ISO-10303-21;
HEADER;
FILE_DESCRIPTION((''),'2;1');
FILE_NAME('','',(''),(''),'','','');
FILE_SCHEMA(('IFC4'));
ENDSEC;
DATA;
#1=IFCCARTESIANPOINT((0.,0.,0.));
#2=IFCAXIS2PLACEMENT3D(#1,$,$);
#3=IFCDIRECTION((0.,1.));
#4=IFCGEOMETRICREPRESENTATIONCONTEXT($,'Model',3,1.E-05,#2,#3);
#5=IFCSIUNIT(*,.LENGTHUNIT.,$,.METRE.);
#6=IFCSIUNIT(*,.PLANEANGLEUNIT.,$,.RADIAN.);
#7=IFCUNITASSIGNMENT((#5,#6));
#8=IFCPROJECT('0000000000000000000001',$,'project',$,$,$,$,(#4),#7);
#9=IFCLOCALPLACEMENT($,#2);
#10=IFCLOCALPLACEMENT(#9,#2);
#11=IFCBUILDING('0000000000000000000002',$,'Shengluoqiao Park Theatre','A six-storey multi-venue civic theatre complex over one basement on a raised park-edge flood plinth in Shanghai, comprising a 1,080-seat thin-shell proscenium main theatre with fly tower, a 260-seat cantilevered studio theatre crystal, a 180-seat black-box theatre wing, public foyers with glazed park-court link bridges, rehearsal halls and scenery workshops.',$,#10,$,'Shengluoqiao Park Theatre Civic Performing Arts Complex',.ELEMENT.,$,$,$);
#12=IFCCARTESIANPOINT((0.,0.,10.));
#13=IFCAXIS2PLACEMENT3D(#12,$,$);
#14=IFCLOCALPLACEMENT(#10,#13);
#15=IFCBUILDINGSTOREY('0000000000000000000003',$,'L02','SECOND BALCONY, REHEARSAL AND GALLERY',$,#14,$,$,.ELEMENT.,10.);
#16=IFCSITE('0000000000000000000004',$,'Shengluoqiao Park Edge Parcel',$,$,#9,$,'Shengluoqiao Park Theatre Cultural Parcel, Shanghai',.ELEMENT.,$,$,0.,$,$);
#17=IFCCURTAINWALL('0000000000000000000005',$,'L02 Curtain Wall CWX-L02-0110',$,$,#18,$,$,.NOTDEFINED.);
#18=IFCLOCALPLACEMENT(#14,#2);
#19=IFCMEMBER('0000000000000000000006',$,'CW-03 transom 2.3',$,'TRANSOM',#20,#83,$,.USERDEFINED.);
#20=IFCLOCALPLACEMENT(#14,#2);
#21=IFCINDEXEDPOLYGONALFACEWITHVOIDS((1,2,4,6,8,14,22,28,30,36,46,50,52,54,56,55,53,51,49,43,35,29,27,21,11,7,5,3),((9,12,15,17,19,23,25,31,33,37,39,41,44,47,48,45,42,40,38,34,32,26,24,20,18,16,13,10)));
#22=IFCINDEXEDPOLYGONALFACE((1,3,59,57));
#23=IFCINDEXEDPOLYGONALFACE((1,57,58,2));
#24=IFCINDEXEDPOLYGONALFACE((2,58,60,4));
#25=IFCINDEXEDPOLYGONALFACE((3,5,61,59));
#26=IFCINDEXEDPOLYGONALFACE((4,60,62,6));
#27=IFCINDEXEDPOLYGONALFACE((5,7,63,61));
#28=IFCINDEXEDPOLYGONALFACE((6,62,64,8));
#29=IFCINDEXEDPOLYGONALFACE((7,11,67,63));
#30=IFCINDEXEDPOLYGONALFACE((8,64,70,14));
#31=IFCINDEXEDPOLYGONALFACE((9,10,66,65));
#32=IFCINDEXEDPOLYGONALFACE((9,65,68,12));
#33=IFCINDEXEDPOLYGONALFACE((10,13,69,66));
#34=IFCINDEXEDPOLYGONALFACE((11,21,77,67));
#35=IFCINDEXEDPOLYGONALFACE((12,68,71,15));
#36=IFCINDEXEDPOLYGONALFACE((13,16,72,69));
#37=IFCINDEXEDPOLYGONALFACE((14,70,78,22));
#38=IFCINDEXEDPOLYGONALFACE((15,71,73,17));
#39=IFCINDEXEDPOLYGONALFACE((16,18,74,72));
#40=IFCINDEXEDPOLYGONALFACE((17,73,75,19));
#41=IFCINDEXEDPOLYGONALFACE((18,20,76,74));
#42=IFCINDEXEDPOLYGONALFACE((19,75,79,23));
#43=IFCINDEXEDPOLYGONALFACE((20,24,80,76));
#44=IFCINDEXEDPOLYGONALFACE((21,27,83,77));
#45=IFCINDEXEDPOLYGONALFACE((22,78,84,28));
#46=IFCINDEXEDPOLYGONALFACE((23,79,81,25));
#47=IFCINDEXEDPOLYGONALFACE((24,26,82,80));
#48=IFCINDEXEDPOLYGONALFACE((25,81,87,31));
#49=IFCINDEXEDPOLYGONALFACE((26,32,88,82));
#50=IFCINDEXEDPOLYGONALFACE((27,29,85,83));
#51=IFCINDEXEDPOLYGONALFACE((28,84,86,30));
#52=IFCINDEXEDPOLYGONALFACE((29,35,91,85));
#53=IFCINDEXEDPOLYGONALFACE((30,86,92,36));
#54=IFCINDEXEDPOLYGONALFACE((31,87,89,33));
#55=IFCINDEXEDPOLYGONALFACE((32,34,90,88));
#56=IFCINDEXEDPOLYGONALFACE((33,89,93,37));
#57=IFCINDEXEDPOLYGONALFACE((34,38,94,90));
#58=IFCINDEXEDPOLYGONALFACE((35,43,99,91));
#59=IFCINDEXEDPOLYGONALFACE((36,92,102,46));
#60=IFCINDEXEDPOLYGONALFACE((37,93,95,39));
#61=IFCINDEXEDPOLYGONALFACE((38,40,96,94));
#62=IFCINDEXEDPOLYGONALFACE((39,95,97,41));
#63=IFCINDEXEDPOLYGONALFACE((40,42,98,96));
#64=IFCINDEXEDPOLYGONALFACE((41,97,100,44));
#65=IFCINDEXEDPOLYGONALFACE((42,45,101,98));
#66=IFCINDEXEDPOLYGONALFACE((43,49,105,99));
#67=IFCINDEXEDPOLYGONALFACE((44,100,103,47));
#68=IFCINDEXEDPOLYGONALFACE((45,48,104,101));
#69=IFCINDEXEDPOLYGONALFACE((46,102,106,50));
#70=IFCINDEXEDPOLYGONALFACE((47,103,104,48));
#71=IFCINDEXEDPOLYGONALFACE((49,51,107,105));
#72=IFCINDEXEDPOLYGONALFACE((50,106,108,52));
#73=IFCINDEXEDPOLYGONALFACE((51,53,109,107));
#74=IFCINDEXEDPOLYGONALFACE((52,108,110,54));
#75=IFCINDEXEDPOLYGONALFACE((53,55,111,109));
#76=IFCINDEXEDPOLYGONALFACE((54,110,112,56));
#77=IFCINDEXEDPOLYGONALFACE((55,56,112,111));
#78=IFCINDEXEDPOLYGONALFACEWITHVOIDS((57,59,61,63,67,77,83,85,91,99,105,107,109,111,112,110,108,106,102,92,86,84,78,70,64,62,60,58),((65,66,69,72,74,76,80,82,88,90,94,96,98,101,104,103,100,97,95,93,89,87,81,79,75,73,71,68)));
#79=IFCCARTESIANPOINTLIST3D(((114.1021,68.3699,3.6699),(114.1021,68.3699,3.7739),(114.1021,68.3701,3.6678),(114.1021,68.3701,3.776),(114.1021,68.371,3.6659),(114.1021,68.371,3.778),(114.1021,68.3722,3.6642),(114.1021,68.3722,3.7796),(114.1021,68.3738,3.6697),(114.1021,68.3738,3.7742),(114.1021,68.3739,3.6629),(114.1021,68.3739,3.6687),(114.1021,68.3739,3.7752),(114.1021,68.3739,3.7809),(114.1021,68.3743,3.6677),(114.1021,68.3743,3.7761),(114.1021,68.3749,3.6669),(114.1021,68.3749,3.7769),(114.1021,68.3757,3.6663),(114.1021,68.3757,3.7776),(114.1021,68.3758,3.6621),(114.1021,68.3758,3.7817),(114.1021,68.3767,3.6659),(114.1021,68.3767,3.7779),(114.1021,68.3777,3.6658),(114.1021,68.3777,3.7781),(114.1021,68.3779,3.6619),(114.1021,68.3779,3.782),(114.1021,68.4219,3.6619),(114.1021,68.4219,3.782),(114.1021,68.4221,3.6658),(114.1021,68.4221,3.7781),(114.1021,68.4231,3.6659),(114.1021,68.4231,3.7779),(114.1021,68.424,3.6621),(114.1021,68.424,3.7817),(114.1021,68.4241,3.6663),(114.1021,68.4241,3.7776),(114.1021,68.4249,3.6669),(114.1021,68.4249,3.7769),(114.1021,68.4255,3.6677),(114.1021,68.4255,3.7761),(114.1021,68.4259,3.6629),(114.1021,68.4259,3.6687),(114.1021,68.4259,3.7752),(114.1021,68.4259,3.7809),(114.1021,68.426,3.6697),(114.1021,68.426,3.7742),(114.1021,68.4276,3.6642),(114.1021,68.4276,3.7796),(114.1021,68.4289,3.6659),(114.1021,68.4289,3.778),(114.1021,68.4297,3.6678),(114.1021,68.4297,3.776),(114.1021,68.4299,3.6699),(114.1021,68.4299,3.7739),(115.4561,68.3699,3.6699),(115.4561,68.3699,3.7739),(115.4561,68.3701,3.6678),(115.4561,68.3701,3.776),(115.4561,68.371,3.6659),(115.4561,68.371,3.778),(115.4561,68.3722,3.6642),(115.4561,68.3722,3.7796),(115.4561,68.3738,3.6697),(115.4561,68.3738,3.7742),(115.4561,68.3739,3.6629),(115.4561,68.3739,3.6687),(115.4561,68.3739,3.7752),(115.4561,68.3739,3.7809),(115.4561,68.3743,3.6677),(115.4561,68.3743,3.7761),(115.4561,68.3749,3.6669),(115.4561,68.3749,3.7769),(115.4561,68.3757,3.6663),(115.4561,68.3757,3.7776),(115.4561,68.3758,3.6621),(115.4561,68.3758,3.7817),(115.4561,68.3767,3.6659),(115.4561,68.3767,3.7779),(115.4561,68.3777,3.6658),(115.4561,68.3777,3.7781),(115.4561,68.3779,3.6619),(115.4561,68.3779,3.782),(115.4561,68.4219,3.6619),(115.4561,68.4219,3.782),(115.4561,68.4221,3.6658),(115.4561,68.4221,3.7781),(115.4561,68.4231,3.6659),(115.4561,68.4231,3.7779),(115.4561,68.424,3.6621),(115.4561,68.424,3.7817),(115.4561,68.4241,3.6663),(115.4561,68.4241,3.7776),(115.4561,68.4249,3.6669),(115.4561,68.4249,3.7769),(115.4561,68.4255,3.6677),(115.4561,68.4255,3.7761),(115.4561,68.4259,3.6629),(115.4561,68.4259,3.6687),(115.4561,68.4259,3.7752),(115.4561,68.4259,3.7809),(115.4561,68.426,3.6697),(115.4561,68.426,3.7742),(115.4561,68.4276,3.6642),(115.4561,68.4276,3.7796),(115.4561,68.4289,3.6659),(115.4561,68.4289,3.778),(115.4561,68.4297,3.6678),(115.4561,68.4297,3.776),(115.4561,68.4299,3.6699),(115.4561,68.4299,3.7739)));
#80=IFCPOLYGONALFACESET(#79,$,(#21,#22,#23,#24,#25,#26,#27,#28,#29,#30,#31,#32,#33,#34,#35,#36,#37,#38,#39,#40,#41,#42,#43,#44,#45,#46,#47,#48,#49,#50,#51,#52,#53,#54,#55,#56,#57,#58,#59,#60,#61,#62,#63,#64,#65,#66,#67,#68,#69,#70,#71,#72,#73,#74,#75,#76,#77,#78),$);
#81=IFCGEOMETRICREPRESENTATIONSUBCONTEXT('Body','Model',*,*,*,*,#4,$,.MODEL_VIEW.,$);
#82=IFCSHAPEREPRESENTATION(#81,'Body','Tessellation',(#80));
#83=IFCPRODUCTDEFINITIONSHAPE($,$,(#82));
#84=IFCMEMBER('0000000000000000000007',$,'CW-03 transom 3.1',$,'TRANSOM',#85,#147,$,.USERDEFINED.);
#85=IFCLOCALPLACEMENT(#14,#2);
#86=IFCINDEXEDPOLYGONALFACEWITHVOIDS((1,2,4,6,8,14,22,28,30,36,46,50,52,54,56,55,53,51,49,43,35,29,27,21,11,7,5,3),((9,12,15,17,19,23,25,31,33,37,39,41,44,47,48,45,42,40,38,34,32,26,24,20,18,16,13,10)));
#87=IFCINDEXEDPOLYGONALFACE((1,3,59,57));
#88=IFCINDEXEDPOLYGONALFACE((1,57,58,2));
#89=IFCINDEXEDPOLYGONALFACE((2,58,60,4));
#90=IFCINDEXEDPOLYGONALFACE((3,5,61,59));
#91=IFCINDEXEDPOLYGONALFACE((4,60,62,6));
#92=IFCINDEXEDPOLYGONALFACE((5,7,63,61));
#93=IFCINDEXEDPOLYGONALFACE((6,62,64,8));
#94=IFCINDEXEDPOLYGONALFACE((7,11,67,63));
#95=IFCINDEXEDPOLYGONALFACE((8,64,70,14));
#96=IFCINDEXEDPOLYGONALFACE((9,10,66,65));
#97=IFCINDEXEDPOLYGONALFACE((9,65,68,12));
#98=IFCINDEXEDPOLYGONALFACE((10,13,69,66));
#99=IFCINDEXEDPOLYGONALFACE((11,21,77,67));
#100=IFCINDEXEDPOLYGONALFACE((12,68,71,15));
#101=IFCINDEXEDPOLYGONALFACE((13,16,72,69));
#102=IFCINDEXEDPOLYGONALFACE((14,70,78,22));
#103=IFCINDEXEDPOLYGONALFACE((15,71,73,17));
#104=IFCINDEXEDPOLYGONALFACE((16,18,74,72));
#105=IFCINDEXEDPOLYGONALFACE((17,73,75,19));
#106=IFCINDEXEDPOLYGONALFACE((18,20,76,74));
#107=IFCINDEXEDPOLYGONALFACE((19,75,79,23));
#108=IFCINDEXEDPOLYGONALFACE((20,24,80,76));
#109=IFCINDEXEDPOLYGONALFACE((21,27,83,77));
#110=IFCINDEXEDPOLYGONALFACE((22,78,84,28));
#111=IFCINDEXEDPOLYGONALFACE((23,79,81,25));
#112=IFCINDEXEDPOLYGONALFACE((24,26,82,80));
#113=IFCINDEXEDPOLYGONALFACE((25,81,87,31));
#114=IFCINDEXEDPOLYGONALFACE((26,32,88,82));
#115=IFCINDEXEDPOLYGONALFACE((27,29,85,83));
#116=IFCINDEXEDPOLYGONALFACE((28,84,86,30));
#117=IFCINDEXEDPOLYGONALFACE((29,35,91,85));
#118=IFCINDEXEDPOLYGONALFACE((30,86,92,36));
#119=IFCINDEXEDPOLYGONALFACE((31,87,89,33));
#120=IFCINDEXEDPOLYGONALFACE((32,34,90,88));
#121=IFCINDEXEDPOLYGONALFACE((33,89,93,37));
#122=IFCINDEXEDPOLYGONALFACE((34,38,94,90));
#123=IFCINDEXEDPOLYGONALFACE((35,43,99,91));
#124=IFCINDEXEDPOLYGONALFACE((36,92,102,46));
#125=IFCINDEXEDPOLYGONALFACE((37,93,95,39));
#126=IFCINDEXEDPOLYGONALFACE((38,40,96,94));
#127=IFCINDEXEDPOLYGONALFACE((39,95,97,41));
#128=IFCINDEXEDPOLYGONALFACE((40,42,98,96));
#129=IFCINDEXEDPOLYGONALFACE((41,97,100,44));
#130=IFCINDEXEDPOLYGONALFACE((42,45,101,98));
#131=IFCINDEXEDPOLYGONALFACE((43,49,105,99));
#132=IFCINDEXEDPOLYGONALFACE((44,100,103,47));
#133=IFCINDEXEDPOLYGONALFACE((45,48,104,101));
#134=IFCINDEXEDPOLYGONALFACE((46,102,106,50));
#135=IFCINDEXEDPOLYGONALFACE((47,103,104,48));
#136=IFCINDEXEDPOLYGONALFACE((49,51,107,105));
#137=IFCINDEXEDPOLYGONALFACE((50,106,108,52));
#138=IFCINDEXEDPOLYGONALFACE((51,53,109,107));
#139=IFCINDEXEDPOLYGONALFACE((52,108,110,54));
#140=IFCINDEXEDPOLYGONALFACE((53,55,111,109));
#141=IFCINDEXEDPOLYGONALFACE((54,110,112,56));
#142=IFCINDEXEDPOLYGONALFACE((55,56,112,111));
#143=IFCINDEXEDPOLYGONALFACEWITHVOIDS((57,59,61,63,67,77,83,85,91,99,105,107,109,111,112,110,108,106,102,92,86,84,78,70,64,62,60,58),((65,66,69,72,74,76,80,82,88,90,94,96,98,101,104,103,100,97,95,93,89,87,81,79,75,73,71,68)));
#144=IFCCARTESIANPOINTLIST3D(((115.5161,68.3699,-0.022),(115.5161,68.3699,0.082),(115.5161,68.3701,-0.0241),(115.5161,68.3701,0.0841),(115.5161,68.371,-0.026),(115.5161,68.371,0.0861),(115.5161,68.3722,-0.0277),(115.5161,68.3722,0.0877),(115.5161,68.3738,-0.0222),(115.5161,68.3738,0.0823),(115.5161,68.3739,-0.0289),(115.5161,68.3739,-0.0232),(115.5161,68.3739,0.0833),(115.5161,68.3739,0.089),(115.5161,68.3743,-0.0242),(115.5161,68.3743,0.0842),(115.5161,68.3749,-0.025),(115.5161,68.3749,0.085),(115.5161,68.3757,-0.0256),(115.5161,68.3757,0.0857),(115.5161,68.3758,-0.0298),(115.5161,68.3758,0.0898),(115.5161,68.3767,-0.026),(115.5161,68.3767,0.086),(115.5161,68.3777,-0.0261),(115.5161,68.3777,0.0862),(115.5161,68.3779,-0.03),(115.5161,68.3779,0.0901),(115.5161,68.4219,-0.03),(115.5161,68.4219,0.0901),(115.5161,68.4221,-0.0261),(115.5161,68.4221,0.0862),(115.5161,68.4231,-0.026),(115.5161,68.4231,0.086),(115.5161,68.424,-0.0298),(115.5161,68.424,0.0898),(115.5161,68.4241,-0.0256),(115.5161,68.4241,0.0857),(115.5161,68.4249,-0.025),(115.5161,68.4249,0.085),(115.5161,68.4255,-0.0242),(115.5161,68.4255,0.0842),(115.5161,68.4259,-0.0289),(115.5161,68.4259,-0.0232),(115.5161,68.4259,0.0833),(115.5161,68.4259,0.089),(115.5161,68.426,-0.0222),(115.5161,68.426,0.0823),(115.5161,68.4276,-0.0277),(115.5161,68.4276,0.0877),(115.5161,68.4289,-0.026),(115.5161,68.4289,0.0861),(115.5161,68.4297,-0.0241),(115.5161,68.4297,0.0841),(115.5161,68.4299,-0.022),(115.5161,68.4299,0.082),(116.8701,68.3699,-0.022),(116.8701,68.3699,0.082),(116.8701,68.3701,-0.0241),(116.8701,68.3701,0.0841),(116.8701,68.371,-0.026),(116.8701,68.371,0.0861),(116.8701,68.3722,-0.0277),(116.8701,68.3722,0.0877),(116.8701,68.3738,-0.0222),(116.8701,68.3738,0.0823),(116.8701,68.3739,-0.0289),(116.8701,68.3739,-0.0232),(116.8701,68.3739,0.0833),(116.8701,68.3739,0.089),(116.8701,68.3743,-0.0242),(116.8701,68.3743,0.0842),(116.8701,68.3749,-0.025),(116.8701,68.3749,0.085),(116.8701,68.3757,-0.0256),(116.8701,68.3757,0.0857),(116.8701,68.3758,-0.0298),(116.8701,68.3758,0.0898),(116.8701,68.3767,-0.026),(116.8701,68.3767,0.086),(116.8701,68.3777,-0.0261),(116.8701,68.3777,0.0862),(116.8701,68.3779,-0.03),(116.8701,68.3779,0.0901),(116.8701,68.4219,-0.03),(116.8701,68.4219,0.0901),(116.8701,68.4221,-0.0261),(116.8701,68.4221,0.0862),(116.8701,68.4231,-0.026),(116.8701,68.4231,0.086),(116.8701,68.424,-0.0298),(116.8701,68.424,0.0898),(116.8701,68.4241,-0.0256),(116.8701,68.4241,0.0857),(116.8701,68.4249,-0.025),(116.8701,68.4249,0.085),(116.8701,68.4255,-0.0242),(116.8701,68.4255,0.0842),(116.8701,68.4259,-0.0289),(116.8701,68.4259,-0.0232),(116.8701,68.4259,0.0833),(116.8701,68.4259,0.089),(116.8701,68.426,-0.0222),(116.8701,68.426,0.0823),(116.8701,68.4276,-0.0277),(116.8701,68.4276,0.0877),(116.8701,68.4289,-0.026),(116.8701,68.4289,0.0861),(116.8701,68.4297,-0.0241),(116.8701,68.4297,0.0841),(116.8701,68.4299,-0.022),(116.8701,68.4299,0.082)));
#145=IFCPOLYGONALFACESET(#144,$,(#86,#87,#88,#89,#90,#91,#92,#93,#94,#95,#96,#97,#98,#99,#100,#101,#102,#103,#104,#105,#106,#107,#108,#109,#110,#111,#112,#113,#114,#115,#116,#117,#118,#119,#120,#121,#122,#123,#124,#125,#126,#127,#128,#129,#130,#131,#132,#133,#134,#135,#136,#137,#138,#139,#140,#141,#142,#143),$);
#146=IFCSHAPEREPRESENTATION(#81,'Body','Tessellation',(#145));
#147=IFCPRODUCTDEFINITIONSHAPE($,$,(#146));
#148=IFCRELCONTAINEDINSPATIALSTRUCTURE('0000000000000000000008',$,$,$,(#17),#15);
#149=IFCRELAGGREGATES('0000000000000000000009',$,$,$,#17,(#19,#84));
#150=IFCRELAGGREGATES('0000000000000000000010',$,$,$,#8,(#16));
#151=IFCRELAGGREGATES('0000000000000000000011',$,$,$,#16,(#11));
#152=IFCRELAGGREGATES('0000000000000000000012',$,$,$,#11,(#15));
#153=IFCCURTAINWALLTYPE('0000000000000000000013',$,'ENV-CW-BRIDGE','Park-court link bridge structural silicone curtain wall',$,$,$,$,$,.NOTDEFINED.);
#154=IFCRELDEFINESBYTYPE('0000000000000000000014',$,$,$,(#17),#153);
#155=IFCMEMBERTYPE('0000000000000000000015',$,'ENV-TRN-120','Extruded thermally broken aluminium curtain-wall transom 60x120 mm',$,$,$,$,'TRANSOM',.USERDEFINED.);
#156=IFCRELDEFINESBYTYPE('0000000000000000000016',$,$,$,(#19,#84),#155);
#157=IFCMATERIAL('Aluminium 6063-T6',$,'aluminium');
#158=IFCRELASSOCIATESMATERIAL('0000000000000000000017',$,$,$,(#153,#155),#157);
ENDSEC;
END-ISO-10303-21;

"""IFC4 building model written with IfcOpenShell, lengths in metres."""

from ifc_helpers import new_model, si_unit, direction, frame, origin, origin_2d, place, context, subcontext, project, spatial, hollow_rectangle, extrude, material, material_profile, profile_set, type_object, element, aggregate, save


model = new_model("IFC4")

# Units and contexts
model_context = context("Model", 3, precision=1e-05, world=origin(), true_north=direction((0.0, 1.0)))
body_context = subcontext(model_context, "Body", "Model", "MODEL_VIEW")
ifc_project = project(units=[si_unit("LENGTHUNIT", "METRE"), si_unit("PLANEANGLEUNIT", "RADIAN")], contexts=[model_context])

# Site, building, storey
site_placement = place(None, origin())
site = spatial("IfcSite", under=ifc_project, at=site_placement, Name="Shengluoqiao Park Edge Parcel", LongName="Shengluoqiao Park Theatre Cultural Parcel, Shanghai", CompositionType="ELEMENT", RefElevation=0.0)
building_placement = place(site_placement, origin())
building = spatial("IfcBuilding", under=site, at=building_placement, Name="Shengluoqiao Park Theatre", Description="A six-storey multi-venue civic theatre complex over one basement on a raised park-edge flood plinth in Shanghai, comprising a 1,080-seat thin-shell proscenium main theatre with fly tower, a 260-seat cantilevered studio theatre crystal, a 180-seat black-box theatre wing, public foyers with glazed park-court link bridges, rehearsal halls and scenery workshops.", LongName="Shengluoqiao Park Theatre Civic Performing Arts Complex", CompositionType="ELEMENT")
storey_placement = place(building_placement, frame((0.0, 0.0, 10.0)))
storey = spatial("IfcBuildingStorey", under=building, at=storey_placement, Name="L02", Description="SECOND BALCONY, REHEARSAL AND GALLERY", CompositionType="ELEMENT", Elevation=10.0)

# Curtain wall, members
ifc_material_1 = material(Name="Aluminium 6063-T6", Category="aluminium")
curtain_wall_type = type_object("IfcCurtainWallType", Name="ENV-CW-BRIDGE", Description="Park-court link bridge structural silicone curtain wall", PredefinedType="NOTDEFINED", material=ifc_material_1)
curtain_wall_placement = place(storey_placement, origin())
curtain_wall = element("IfcCurtainWall", 1, at=curtain_wall_placement, inside=storey, type_object=curtain_wall_type, Name="L02 Curtain Wall CWX-L02-0110", PredefinedType="NOTDEFINED")
ifc_material_profile_1 = material_profile(ifc_material_1, hollow_rectangle(XDim=0.0601, YDim=0.1201, WallThickness=0.0039, InnerFilletRadius=0.0039, OuterFilletRadius=0.0081, at=origin_2d()), Name="ALU TRANSOM 120x60x4")
ifc_profile_set_1 = profile_set([ifc_material_profile_1], Name="Aluminium 6063-T6")
member_type_1 = type_object("IfcMemberType", Name="ENV-TRN-120", Description="Extruded thermally broken aluminium curtain-wall transom 60x120 mm", ElementType="TRANSOM", PredefinedType="USERDEFINED", material=ifc_profile_set_1)
member_1_placement = place(storey_placement, frame((114.1021, 68.3999, 3.7219), z_axis=(1.0, 0.0, 0.0), x_axis=(0.0, 1.0, 0.0)))
member_1 = element("IfcMember", 2, at=member_1_placement, type_object=member_type_1, Name="CW-03 transom 2.3", ObjectType="TRANSOM", PredefinedType="USERDEFINED", context=body_context, shape_type="SweptSolid", body=[
    extrude(hollow_rectangle(XDim=0.0601, YDim=0.1201, WallThickness=0.0039, InnerFilletRadius=0.0039, OuterFilletRadius=0.0081, at=origin_2d()), origin(), (0.0, 0.0, 1.0), 1.354),
])
member_2_placement = place(storey_placement, frame((115.5161, 68.3999, 0.03), z_axis=(1.0, 0.0, 0.0), x_axis=(0.0, 1.0, 0.0)))
member_2 = element("IfcMember", 3, at=member_2_placement, type_object=member_type_1, Name="CW-03 transom 3.1", ObjectType="TRANSOM", PredefinedType="USERDEFINED", context=body_context, shape_type="SweptSolid", body=[
    extrude(hollow_rectangle(XDim=0.0601, YDim=0.1201, WallThickness=0.0039, InnerFilletRadius=0.0039, OuterFilletRadius=0.0081, at=origin_2d()), origin(), (0.0, 0.0, 1.0), 1.354),
])

aggregate(curtain_wall, [member_1, member_2])

save(model, "model.ifc")
